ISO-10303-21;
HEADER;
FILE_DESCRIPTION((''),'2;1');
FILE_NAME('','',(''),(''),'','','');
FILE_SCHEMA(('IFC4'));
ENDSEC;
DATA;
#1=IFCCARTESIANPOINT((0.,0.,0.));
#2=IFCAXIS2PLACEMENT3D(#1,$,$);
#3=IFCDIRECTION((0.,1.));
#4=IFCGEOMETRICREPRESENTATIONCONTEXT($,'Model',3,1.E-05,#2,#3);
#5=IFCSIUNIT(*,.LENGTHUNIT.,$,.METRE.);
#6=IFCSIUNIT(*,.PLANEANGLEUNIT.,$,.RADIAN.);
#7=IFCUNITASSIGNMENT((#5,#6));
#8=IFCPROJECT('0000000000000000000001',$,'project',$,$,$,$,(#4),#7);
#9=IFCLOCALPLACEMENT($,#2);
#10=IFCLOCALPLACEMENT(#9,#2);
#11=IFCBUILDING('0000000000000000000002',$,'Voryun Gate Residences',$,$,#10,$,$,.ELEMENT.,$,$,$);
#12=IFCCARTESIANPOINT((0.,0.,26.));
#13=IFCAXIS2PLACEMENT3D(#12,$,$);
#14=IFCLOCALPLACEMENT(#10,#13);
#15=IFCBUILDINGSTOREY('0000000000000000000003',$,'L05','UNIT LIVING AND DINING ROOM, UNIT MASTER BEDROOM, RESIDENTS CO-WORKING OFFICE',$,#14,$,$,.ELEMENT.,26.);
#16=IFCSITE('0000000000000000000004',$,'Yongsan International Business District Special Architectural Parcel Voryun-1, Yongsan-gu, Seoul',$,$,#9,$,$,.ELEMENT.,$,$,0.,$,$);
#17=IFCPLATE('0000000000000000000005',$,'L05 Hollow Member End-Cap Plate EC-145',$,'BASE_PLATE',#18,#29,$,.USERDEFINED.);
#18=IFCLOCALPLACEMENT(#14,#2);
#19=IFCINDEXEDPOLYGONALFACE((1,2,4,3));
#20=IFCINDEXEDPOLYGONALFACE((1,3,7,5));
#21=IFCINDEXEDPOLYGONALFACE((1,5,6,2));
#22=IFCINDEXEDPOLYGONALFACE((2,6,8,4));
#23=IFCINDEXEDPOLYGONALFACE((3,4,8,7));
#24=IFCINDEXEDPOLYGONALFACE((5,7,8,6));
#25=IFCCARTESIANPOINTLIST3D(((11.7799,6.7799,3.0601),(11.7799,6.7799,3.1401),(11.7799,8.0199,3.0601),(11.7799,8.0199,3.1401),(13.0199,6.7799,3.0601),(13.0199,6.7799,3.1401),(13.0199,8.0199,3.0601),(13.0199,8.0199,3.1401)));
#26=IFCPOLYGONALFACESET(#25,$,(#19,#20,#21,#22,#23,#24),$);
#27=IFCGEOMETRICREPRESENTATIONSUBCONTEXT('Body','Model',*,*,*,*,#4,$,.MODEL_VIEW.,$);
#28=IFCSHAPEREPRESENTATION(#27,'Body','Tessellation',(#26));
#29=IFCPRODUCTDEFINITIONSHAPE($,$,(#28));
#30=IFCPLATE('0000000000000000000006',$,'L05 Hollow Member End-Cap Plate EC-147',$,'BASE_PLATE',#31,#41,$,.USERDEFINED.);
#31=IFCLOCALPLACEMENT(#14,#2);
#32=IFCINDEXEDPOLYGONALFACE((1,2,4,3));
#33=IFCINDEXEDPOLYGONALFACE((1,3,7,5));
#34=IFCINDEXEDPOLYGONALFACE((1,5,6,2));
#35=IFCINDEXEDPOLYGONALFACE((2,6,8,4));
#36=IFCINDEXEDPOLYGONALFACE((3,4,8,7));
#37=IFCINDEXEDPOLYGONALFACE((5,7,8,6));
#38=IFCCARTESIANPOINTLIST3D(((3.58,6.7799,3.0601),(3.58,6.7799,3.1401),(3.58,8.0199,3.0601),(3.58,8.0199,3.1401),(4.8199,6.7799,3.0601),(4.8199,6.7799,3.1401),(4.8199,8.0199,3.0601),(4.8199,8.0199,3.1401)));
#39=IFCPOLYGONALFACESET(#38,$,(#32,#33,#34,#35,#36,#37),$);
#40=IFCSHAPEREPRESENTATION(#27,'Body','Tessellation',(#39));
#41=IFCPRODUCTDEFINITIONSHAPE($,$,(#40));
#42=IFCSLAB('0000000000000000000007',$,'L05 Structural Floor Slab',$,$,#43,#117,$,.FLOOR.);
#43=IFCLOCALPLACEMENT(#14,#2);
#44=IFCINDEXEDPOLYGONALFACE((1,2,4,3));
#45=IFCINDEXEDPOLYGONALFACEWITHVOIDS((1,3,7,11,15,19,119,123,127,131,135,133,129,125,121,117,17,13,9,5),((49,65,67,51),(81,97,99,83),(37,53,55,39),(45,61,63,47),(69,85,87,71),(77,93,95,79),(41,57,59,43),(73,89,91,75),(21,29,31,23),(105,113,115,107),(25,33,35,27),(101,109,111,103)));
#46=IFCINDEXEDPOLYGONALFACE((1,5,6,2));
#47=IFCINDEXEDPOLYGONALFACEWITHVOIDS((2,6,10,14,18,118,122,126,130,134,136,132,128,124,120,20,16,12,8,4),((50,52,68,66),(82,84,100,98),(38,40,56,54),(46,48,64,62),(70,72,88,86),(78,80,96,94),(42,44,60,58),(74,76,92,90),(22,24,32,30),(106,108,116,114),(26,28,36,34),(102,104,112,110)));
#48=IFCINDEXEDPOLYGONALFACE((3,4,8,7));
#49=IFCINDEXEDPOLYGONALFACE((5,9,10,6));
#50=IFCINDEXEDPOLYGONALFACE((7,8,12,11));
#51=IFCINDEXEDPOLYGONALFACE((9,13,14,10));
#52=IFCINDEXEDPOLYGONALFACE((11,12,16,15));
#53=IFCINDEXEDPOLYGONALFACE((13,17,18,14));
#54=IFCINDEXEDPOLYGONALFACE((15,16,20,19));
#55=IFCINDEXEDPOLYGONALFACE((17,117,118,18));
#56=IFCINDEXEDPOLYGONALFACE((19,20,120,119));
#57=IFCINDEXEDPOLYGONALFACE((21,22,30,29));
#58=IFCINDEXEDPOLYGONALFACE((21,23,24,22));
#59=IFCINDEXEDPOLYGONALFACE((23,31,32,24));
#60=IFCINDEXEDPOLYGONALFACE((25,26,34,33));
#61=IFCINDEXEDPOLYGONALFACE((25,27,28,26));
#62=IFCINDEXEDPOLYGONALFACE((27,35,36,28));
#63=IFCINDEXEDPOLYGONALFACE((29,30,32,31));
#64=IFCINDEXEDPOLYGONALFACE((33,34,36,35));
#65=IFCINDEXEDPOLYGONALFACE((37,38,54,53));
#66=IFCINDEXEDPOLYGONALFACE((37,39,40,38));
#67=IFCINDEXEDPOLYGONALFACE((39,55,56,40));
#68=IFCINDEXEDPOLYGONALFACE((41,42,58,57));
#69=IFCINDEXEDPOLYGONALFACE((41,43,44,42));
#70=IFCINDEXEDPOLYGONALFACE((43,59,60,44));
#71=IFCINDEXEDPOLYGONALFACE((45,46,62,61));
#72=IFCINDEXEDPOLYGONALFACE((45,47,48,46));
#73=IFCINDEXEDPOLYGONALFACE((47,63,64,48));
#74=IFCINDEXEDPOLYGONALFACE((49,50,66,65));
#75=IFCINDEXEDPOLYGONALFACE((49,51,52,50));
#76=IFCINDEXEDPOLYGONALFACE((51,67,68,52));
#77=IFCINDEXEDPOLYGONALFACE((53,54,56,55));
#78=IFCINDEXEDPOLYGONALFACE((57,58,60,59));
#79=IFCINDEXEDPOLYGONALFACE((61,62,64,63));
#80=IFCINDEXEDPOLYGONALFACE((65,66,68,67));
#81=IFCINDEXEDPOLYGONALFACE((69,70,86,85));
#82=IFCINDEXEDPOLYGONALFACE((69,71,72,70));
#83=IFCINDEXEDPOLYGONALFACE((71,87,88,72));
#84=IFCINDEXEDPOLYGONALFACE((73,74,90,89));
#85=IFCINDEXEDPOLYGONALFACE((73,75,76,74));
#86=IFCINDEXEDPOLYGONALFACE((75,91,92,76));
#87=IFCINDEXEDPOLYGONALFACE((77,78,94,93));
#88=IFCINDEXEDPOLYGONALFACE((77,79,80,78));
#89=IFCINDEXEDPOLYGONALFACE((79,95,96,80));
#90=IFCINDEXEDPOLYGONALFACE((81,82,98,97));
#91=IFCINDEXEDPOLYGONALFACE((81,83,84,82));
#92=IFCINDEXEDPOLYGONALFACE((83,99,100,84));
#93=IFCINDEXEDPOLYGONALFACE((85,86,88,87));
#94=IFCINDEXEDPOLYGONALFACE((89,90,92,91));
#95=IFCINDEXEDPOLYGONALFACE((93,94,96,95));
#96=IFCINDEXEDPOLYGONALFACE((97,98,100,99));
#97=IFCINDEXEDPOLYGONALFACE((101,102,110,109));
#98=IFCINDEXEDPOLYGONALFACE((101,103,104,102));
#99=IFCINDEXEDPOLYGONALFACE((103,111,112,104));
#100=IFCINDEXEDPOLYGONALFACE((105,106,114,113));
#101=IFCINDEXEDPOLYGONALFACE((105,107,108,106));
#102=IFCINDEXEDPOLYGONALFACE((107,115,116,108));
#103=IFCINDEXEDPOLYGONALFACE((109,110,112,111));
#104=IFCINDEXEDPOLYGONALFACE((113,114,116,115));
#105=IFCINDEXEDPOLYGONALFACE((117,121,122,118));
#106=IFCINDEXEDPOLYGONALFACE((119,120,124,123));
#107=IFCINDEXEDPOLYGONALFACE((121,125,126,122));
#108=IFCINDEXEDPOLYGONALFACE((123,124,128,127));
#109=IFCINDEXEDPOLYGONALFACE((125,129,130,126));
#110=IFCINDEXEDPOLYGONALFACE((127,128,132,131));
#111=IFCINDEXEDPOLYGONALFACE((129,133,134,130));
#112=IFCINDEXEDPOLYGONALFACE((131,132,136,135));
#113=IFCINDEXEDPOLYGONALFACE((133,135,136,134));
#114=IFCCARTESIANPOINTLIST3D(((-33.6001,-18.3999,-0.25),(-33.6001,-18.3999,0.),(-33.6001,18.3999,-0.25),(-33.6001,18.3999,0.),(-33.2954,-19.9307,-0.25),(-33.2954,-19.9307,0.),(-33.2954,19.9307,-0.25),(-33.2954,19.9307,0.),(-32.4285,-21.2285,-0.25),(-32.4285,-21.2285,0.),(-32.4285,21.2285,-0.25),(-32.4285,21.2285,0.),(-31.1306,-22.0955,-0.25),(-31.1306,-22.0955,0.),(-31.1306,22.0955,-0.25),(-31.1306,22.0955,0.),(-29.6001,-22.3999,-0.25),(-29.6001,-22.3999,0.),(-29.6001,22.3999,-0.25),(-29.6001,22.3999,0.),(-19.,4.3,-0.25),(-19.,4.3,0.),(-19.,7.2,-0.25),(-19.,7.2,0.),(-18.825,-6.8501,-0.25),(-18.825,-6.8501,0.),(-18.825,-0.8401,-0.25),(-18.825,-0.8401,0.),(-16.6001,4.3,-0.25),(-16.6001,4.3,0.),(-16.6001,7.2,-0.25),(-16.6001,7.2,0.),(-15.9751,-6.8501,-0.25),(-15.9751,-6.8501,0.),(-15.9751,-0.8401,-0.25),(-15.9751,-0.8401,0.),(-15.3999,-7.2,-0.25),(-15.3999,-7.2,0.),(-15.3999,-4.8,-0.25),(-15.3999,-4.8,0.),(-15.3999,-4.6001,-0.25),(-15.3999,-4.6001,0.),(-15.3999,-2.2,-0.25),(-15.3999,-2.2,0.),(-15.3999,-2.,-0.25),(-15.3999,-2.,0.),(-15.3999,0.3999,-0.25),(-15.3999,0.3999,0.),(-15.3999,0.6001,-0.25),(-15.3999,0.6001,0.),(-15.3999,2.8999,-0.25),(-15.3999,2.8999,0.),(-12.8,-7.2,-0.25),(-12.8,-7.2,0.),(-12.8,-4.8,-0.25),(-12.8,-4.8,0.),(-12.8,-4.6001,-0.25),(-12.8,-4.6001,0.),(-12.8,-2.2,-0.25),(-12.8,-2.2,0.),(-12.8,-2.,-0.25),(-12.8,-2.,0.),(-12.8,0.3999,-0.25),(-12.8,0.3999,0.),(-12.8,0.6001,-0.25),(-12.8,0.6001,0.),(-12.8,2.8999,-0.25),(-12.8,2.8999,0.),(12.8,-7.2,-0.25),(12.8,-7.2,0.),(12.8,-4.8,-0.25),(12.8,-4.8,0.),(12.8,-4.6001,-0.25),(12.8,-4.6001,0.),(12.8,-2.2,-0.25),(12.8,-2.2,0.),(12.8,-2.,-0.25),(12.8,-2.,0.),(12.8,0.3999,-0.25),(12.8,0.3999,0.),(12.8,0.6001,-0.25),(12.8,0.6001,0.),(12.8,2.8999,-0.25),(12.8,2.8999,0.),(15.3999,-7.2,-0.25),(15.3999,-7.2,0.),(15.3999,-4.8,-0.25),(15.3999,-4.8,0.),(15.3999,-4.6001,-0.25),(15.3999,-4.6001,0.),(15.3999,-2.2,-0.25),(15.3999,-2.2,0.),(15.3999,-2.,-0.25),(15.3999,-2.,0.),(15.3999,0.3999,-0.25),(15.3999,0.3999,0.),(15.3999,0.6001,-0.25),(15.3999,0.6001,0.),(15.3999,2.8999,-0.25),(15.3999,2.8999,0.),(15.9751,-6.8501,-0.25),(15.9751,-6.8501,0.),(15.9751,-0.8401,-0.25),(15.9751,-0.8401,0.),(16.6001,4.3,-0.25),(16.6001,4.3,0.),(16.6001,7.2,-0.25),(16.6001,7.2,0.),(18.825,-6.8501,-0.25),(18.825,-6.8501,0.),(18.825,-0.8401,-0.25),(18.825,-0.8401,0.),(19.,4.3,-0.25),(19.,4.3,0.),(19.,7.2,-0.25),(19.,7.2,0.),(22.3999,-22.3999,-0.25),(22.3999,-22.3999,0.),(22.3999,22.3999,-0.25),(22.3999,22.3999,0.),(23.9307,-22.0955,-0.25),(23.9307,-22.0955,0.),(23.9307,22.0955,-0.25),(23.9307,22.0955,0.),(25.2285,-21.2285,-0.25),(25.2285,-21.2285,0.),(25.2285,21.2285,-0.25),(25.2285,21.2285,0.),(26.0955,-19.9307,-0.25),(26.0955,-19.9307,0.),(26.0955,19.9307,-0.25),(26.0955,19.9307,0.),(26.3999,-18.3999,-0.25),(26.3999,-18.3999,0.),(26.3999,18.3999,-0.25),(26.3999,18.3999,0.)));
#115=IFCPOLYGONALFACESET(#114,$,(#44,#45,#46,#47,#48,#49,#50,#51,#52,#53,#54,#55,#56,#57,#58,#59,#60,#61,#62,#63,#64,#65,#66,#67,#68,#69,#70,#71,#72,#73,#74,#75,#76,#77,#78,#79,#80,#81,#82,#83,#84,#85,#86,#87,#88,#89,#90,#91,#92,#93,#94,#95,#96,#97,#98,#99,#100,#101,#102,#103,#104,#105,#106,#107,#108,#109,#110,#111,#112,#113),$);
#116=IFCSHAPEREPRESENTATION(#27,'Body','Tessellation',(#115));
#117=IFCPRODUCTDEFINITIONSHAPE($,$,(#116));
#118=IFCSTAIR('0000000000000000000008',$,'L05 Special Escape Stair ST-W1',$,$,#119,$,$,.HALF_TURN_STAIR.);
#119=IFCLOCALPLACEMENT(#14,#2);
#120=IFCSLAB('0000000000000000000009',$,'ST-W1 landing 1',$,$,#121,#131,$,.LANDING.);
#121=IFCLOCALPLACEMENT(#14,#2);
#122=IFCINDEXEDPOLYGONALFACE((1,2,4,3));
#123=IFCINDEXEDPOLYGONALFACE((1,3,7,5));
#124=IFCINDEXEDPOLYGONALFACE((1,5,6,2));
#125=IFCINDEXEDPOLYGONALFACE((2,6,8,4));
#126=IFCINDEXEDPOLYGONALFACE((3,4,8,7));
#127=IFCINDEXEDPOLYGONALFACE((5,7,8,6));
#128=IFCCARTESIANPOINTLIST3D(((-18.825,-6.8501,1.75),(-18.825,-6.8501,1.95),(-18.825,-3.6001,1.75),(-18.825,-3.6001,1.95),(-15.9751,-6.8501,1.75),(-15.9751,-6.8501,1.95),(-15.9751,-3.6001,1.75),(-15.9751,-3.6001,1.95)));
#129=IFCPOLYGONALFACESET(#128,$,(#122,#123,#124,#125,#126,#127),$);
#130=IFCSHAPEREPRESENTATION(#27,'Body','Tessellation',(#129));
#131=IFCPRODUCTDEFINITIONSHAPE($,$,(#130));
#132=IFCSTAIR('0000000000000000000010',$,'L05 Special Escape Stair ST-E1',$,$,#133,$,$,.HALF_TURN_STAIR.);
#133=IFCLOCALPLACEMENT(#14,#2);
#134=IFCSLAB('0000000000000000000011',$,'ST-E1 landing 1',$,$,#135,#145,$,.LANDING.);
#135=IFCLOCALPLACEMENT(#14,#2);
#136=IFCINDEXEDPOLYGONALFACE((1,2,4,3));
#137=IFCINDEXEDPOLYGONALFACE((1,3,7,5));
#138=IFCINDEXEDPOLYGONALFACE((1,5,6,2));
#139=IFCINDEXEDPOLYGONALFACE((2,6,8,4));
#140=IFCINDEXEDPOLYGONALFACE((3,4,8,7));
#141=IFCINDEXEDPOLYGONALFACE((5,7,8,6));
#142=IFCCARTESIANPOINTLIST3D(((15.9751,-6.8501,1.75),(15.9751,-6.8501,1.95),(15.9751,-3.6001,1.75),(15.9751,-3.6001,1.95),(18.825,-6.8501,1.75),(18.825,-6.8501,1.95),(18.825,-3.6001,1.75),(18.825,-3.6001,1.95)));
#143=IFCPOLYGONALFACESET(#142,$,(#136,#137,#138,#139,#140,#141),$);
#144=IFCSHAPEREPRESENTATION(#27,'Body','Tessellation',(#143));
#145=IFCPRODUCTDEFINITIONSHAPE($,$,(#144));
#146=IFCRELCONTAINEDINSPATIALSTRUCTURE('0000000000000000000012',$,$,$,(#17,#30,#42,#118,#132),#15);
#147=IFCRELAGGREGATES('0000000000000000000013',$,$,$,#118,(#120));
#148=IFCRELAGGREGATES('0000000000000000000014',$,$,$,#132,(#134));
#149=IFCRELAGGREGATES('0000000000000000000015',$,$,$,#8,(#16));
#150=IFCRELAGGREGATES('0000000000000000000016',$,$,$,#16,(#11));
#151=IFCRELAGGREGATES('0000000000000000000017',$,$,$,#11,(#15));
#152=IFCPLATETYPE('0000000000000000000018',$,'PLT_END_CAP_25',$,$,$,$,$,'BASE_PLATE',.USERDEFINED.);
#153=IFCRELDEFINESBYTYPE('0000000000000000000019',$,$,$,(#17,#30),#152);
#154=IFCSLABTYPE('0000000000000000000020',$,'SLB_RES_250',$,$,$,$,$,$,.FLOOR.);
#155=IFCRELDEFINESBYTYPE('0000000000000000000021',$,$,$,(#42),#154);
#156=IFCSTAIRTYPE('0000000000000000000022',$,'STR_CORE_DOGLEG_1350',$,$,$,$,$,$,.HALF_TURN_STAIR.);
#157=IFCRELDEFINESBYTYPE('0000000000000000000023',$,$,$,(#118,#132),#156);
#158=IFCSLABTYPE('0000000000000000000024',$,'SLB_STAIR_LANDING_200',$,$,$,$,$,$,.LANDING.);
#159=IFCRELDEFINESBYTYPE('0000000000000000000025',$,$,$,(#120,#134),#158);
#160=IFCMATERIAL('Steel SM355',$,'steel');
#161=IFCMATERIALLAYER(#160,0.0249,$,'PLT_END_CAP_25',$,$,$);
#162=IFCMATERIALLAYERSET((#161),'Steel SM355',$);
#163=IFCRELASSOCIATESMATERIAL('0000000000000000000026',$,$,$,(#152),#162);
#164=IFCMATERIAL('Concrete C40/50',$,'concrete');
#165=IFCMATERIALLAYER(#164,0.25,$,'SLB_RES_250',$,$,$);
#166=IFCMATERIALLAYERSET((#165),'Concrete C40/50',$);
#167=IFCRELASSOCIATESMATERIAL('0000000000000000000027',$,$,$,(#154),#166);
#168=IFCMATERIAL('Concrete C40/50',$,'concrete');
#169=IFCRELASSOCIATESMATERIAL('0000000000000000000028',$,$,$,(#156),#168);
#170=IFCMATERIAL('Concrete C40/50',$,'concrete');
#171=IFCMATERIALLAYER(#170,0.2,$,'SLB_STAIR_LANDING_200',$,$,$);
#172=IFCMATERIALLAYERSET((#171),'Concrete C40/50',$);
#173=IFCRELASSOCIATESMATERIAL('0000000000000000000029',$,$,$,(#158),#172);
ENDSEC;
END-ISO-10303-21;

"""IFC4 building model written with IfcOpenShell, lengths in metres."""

from ifc_helpers import new_model, si_unit, direction, frame, origin, origin_2d, place, context, subcontext, project, spatial, polyline, rectangle, outline, extrude, material, layer, layer_set, type_object, element, aggregate, save


model = new_model("IFC4")

# Units and contexts
model_context = context("Model", 3, precision=1e-05, world=origin(), true_north=direction((0.0, 1.0)))
body_context = subcontext(model_context, "Body", "Model", "MODEL_VIEW")
ifc_project = project(units=[si_unit("LENGTHUNIT", "METRE"), si_unit("PLANEANGLEUNIT", "RADIAN")], contexts=[model_context])

# Site, building, storey
site_placement = place(None, origin())
site = spatial("IfcSite", under=ifc_project, at=site_placement, Name="Yongsan International Business District Special Architectural Parcel Voryun-1, Yongsan-gu, Seoul", CompositionType="ELEMENT", RefElevation=0.0)
building_placement = place(site_placement, origin())
building = spatial("IfcBuilding", under=site, at=building_placement, Name="Voryun Gate Residences", CompositionType="ELEMENT")
storey_placement = place(building_placement, frame((0.0, 0.0, 26.0)))
storey = spatial("IfcBuildingStorey", under=building, at=storey_placement, Name="L05", Description="UNIT LIVING AND DINING ROOM, UNIT MASTER BEDROOM, RESIDENTS CO-WORKING OFFICE", CompositionType="ELEMENT", Elevation=26.0)

# Plates
ifc_material_1 = material(Name="Steel SM355", Category="steel")
ifc_layer_1 = layer(ifc_material_1, 0.0249, Name="PLT_END_CAP_25")
ifc_layer_set_1 = layer_set([ifc_layer_1], Name="Steel SM355")
plate_type = type_object("IfcPlateType", Name="PLT_END_CAP_25", ElementType="BASE_PLATE", PredefinedType="USERDEFINED", material=ifc_layer_set_1)
for number, where, z_axis, x_axis, name in (
    (1, (12.3999, 7.3999, 3.0601), (0.0, 0.0, 1.0), (1.0, 0.0, 0.0), "L05 Hollow Member End-Cap Plate EC-145"),
    (2, (4.2, 7.3999, 3.0601), (0.0, 0.0, 1.0), (1.0, 0.0, 0.0), "L05 Hollow Member End-Cap Plate EC-147"),
):
    element("IfcPlate", number, at=place(storey_placement, frame(where, z_axis=z_axis, x_axis=x_axis)), inside=storey, type_object=plate_type, Name=name, ObjectType="BASE_PLATE", PredefinedType="USERDEFINED", context=body_context, shape_type="SweptSolid", body=[
        extrude(rectangle(XDim=1.24, YDim=1.24, at=origin_2d()), origin(), (0.0, 0.0, 1.0), 0.0801),
    ])

# Slab
ifc_material_2 = material(Name="Concrete C40/50", Category="concrete")
ifc_layer_2 = layer(ifc_material_2, 0.25, Name="SLB_RES_250")
ifc_layer_set_2 = layer_set([ifc_layer_2], Name="Concrete C40/50")
slab_type_1 = type_object("IfcSlabType", Name="SLB_RES_250", PredefinedType="FLOOR", material=ifc_layer_set_2)
slab_1_placement = place(storey_placement, frame((0.0, 0.0, -0.25)))
element("IfcSlab", 3, at=slab_1_placement, inside=storey, type_object=slab_type_1, Name="L05 Structural Floor Slab", PredefinedType="FLOOR", context=body_context, shape_type="SweptSolid", body=[
    extrude(outline(polyline([(-29.6001, -22.3999), (-31.1306, -22.0955), (-32.4285, -21.2285), (-33.2954, -19.9307), (-33.6001, -18.3999), (-33.6001, 18.3999), (-33.2954, 19.9307), (-32.4285, 21.2285), (-31.1306, 22.0955), (-29.6001, 22.3999), (22.3999, 22.3999), (23.9307, 22.0955), (25.2285, 21.2285), (26.0955, 19.9307), (26.3999, 18.3999), (26.3999, -18.3999), (26.0955, -19.9307), (25.2285, -21.2285), (23.9307, -22.0955), (22.3999, -22.3999), (-29.6001, -22.3999)]), holes=[polyline([(-12.8, -4.8), (-15.3999, -4.8), (-15.3999, -7.2), (-12.8, -7.2), (-12.8, -4.8)]), polyline([(-18.825, -6.8501), (-15.9751, -6.8501), (-15.9751, -0.8401), (-18.825, -0.8401), (-18.825, -6.8501)]), polyline([(-12.8, -4.6001), (-12.8, -2.2), (-15.3999, -2.2), (-15.3999, -4.6001), (-12.8, -4.6001)]), polyline([(-12.8, 0.3999), (-15.3999, 0.3999), (-15.3999, -2.0), (-12.8, -2.0), (-12.8, 0.3999)]), polyline([(-12.8, 0.6001), (-12.8, 2.8999), (-15.3999, 2.8999), (-15.3999, 0.6001), (-12.8, 0.6001)]), polyline([(-16.6001, 4.3), (-16.6001, 7.2), (-19.0, 7.2), (-19.0, 4.3), (-16.6001, 4.3)]), polyline([(15.3999, -4.8), (12.8, -4.8), (12.8, -7.2), (15.3999, -7.2), (15.3999, -4.8)]), polyline([(15.9751, -6.8501), (18.825, -6.8501), (18.825, -0.8401), (15.9751, -0.8401), (15.9751, -6.8501)]), polyline([(15.3999, -4.6001), (15.3999, -2.2), (12.8, -2.2), (12.8, -4.6001), (15.3999, -4.6001)]), polyline([(15.3999, 0.3999), (12.8, 0.3999), (12.8, -2.0), (15.3999, -2.0), (15.3999, 0.3999)]), polyline([(15.3999, 0.6001), (15.3999, 2.8999), (12.8, 2.8999), (12.8, 0.6001), (15.3999, 0.6001)]), polyline([(19.0, 4.3), (19.0, 7.2), (16.6001, 7.2), (16.6001, 4.3), (19.0, 4.3)])]), origin(), (0.0, 0.0, 1.0), 0.25),
])

# Stairs, slabs
ifc_material_3 = material(Name="Concrete C40/50", Category="concrete")
stair_type = type_object("IfcStairType", Name="STR_CORE_DOGLEG_1350", PredefinedType="HALF_TURN_STAIR", material=ifc_material_3)
stair_1_placement = place(storey_placement, origin())
stair_1 = element("IfcStair", 4, at=stair_1_placement, inside=storey, type_object=stair_type, Name="L05 Special Escape Stair ST-W1", PredefinedType="HALF_TURN_STAIR")
ifc_material_4 = material(Name="Concrete C40/50", Category="concrete")
ifc_layer_3 = layer(ifc_material_4, 0.2, Name="SLB_STAIR_LANDING_200")
ifc_layer_set_3 = layer_set([ifc_layer_3], Name="Concrete C40/50")
slab_type_2 = type_object("IfcSlabType", Name="SLB_STAIR_LANDING_200", PredefinedType="LANDING", material=ifc_layer_set_3)
slab_2_placement = place(storey_placement, frame((0.0, 0.0, 1.75)))
slab_2 = element("IfcSlab", 5, at=slab_2_placement, type_object=slab_type_2, Name="ST-W1 landing 1", PredefinedType="LANDING", context=body_context, shape_type="SweptSolid", body=[
    extrude(outline(polyline([(-18.825, -3.6001), (-18.825, -6.8501), (-15.9751, -6.8501), (-15.9751, -3.6001), (-18.825, -3.6001)])), origin(), (0.0, 0.0, 1.0), 0.2),
])
aggregate(stair_1, [slab_2])
stair_2_placement = place(storey_placement, origin())
stair_2 = element("IfcStair", 6, at=stair_2_placement, inside=storey, type_object=stair_type, Name="L05 Special Escape Stair ST-E1", PredefinedType="HALF_TURN_STAIR")
slab_3_placement = place(storey_placement, frame((0.0, 0.0, 1.75)))
slab_3 = element("IfcSlab", 7, at=slab_3_placement, type_object=slab_type_2, Name="ST-E1 landing 1", PredefinedType="LANDING", context=body_context, shape_type="SweptSolid", body=[
    extrude(outline(polyline([(15.9751, -3.6001), (15.9751, -6.8501), (18.825, -6.8501), (18.825, -3.6001), (15.9751, -3.6001)])), origin(), (0.0, 0.0, 1.0), 0.2),
])
aggregate(stair_2, [slab_3])

save(model, "model.ifc")
